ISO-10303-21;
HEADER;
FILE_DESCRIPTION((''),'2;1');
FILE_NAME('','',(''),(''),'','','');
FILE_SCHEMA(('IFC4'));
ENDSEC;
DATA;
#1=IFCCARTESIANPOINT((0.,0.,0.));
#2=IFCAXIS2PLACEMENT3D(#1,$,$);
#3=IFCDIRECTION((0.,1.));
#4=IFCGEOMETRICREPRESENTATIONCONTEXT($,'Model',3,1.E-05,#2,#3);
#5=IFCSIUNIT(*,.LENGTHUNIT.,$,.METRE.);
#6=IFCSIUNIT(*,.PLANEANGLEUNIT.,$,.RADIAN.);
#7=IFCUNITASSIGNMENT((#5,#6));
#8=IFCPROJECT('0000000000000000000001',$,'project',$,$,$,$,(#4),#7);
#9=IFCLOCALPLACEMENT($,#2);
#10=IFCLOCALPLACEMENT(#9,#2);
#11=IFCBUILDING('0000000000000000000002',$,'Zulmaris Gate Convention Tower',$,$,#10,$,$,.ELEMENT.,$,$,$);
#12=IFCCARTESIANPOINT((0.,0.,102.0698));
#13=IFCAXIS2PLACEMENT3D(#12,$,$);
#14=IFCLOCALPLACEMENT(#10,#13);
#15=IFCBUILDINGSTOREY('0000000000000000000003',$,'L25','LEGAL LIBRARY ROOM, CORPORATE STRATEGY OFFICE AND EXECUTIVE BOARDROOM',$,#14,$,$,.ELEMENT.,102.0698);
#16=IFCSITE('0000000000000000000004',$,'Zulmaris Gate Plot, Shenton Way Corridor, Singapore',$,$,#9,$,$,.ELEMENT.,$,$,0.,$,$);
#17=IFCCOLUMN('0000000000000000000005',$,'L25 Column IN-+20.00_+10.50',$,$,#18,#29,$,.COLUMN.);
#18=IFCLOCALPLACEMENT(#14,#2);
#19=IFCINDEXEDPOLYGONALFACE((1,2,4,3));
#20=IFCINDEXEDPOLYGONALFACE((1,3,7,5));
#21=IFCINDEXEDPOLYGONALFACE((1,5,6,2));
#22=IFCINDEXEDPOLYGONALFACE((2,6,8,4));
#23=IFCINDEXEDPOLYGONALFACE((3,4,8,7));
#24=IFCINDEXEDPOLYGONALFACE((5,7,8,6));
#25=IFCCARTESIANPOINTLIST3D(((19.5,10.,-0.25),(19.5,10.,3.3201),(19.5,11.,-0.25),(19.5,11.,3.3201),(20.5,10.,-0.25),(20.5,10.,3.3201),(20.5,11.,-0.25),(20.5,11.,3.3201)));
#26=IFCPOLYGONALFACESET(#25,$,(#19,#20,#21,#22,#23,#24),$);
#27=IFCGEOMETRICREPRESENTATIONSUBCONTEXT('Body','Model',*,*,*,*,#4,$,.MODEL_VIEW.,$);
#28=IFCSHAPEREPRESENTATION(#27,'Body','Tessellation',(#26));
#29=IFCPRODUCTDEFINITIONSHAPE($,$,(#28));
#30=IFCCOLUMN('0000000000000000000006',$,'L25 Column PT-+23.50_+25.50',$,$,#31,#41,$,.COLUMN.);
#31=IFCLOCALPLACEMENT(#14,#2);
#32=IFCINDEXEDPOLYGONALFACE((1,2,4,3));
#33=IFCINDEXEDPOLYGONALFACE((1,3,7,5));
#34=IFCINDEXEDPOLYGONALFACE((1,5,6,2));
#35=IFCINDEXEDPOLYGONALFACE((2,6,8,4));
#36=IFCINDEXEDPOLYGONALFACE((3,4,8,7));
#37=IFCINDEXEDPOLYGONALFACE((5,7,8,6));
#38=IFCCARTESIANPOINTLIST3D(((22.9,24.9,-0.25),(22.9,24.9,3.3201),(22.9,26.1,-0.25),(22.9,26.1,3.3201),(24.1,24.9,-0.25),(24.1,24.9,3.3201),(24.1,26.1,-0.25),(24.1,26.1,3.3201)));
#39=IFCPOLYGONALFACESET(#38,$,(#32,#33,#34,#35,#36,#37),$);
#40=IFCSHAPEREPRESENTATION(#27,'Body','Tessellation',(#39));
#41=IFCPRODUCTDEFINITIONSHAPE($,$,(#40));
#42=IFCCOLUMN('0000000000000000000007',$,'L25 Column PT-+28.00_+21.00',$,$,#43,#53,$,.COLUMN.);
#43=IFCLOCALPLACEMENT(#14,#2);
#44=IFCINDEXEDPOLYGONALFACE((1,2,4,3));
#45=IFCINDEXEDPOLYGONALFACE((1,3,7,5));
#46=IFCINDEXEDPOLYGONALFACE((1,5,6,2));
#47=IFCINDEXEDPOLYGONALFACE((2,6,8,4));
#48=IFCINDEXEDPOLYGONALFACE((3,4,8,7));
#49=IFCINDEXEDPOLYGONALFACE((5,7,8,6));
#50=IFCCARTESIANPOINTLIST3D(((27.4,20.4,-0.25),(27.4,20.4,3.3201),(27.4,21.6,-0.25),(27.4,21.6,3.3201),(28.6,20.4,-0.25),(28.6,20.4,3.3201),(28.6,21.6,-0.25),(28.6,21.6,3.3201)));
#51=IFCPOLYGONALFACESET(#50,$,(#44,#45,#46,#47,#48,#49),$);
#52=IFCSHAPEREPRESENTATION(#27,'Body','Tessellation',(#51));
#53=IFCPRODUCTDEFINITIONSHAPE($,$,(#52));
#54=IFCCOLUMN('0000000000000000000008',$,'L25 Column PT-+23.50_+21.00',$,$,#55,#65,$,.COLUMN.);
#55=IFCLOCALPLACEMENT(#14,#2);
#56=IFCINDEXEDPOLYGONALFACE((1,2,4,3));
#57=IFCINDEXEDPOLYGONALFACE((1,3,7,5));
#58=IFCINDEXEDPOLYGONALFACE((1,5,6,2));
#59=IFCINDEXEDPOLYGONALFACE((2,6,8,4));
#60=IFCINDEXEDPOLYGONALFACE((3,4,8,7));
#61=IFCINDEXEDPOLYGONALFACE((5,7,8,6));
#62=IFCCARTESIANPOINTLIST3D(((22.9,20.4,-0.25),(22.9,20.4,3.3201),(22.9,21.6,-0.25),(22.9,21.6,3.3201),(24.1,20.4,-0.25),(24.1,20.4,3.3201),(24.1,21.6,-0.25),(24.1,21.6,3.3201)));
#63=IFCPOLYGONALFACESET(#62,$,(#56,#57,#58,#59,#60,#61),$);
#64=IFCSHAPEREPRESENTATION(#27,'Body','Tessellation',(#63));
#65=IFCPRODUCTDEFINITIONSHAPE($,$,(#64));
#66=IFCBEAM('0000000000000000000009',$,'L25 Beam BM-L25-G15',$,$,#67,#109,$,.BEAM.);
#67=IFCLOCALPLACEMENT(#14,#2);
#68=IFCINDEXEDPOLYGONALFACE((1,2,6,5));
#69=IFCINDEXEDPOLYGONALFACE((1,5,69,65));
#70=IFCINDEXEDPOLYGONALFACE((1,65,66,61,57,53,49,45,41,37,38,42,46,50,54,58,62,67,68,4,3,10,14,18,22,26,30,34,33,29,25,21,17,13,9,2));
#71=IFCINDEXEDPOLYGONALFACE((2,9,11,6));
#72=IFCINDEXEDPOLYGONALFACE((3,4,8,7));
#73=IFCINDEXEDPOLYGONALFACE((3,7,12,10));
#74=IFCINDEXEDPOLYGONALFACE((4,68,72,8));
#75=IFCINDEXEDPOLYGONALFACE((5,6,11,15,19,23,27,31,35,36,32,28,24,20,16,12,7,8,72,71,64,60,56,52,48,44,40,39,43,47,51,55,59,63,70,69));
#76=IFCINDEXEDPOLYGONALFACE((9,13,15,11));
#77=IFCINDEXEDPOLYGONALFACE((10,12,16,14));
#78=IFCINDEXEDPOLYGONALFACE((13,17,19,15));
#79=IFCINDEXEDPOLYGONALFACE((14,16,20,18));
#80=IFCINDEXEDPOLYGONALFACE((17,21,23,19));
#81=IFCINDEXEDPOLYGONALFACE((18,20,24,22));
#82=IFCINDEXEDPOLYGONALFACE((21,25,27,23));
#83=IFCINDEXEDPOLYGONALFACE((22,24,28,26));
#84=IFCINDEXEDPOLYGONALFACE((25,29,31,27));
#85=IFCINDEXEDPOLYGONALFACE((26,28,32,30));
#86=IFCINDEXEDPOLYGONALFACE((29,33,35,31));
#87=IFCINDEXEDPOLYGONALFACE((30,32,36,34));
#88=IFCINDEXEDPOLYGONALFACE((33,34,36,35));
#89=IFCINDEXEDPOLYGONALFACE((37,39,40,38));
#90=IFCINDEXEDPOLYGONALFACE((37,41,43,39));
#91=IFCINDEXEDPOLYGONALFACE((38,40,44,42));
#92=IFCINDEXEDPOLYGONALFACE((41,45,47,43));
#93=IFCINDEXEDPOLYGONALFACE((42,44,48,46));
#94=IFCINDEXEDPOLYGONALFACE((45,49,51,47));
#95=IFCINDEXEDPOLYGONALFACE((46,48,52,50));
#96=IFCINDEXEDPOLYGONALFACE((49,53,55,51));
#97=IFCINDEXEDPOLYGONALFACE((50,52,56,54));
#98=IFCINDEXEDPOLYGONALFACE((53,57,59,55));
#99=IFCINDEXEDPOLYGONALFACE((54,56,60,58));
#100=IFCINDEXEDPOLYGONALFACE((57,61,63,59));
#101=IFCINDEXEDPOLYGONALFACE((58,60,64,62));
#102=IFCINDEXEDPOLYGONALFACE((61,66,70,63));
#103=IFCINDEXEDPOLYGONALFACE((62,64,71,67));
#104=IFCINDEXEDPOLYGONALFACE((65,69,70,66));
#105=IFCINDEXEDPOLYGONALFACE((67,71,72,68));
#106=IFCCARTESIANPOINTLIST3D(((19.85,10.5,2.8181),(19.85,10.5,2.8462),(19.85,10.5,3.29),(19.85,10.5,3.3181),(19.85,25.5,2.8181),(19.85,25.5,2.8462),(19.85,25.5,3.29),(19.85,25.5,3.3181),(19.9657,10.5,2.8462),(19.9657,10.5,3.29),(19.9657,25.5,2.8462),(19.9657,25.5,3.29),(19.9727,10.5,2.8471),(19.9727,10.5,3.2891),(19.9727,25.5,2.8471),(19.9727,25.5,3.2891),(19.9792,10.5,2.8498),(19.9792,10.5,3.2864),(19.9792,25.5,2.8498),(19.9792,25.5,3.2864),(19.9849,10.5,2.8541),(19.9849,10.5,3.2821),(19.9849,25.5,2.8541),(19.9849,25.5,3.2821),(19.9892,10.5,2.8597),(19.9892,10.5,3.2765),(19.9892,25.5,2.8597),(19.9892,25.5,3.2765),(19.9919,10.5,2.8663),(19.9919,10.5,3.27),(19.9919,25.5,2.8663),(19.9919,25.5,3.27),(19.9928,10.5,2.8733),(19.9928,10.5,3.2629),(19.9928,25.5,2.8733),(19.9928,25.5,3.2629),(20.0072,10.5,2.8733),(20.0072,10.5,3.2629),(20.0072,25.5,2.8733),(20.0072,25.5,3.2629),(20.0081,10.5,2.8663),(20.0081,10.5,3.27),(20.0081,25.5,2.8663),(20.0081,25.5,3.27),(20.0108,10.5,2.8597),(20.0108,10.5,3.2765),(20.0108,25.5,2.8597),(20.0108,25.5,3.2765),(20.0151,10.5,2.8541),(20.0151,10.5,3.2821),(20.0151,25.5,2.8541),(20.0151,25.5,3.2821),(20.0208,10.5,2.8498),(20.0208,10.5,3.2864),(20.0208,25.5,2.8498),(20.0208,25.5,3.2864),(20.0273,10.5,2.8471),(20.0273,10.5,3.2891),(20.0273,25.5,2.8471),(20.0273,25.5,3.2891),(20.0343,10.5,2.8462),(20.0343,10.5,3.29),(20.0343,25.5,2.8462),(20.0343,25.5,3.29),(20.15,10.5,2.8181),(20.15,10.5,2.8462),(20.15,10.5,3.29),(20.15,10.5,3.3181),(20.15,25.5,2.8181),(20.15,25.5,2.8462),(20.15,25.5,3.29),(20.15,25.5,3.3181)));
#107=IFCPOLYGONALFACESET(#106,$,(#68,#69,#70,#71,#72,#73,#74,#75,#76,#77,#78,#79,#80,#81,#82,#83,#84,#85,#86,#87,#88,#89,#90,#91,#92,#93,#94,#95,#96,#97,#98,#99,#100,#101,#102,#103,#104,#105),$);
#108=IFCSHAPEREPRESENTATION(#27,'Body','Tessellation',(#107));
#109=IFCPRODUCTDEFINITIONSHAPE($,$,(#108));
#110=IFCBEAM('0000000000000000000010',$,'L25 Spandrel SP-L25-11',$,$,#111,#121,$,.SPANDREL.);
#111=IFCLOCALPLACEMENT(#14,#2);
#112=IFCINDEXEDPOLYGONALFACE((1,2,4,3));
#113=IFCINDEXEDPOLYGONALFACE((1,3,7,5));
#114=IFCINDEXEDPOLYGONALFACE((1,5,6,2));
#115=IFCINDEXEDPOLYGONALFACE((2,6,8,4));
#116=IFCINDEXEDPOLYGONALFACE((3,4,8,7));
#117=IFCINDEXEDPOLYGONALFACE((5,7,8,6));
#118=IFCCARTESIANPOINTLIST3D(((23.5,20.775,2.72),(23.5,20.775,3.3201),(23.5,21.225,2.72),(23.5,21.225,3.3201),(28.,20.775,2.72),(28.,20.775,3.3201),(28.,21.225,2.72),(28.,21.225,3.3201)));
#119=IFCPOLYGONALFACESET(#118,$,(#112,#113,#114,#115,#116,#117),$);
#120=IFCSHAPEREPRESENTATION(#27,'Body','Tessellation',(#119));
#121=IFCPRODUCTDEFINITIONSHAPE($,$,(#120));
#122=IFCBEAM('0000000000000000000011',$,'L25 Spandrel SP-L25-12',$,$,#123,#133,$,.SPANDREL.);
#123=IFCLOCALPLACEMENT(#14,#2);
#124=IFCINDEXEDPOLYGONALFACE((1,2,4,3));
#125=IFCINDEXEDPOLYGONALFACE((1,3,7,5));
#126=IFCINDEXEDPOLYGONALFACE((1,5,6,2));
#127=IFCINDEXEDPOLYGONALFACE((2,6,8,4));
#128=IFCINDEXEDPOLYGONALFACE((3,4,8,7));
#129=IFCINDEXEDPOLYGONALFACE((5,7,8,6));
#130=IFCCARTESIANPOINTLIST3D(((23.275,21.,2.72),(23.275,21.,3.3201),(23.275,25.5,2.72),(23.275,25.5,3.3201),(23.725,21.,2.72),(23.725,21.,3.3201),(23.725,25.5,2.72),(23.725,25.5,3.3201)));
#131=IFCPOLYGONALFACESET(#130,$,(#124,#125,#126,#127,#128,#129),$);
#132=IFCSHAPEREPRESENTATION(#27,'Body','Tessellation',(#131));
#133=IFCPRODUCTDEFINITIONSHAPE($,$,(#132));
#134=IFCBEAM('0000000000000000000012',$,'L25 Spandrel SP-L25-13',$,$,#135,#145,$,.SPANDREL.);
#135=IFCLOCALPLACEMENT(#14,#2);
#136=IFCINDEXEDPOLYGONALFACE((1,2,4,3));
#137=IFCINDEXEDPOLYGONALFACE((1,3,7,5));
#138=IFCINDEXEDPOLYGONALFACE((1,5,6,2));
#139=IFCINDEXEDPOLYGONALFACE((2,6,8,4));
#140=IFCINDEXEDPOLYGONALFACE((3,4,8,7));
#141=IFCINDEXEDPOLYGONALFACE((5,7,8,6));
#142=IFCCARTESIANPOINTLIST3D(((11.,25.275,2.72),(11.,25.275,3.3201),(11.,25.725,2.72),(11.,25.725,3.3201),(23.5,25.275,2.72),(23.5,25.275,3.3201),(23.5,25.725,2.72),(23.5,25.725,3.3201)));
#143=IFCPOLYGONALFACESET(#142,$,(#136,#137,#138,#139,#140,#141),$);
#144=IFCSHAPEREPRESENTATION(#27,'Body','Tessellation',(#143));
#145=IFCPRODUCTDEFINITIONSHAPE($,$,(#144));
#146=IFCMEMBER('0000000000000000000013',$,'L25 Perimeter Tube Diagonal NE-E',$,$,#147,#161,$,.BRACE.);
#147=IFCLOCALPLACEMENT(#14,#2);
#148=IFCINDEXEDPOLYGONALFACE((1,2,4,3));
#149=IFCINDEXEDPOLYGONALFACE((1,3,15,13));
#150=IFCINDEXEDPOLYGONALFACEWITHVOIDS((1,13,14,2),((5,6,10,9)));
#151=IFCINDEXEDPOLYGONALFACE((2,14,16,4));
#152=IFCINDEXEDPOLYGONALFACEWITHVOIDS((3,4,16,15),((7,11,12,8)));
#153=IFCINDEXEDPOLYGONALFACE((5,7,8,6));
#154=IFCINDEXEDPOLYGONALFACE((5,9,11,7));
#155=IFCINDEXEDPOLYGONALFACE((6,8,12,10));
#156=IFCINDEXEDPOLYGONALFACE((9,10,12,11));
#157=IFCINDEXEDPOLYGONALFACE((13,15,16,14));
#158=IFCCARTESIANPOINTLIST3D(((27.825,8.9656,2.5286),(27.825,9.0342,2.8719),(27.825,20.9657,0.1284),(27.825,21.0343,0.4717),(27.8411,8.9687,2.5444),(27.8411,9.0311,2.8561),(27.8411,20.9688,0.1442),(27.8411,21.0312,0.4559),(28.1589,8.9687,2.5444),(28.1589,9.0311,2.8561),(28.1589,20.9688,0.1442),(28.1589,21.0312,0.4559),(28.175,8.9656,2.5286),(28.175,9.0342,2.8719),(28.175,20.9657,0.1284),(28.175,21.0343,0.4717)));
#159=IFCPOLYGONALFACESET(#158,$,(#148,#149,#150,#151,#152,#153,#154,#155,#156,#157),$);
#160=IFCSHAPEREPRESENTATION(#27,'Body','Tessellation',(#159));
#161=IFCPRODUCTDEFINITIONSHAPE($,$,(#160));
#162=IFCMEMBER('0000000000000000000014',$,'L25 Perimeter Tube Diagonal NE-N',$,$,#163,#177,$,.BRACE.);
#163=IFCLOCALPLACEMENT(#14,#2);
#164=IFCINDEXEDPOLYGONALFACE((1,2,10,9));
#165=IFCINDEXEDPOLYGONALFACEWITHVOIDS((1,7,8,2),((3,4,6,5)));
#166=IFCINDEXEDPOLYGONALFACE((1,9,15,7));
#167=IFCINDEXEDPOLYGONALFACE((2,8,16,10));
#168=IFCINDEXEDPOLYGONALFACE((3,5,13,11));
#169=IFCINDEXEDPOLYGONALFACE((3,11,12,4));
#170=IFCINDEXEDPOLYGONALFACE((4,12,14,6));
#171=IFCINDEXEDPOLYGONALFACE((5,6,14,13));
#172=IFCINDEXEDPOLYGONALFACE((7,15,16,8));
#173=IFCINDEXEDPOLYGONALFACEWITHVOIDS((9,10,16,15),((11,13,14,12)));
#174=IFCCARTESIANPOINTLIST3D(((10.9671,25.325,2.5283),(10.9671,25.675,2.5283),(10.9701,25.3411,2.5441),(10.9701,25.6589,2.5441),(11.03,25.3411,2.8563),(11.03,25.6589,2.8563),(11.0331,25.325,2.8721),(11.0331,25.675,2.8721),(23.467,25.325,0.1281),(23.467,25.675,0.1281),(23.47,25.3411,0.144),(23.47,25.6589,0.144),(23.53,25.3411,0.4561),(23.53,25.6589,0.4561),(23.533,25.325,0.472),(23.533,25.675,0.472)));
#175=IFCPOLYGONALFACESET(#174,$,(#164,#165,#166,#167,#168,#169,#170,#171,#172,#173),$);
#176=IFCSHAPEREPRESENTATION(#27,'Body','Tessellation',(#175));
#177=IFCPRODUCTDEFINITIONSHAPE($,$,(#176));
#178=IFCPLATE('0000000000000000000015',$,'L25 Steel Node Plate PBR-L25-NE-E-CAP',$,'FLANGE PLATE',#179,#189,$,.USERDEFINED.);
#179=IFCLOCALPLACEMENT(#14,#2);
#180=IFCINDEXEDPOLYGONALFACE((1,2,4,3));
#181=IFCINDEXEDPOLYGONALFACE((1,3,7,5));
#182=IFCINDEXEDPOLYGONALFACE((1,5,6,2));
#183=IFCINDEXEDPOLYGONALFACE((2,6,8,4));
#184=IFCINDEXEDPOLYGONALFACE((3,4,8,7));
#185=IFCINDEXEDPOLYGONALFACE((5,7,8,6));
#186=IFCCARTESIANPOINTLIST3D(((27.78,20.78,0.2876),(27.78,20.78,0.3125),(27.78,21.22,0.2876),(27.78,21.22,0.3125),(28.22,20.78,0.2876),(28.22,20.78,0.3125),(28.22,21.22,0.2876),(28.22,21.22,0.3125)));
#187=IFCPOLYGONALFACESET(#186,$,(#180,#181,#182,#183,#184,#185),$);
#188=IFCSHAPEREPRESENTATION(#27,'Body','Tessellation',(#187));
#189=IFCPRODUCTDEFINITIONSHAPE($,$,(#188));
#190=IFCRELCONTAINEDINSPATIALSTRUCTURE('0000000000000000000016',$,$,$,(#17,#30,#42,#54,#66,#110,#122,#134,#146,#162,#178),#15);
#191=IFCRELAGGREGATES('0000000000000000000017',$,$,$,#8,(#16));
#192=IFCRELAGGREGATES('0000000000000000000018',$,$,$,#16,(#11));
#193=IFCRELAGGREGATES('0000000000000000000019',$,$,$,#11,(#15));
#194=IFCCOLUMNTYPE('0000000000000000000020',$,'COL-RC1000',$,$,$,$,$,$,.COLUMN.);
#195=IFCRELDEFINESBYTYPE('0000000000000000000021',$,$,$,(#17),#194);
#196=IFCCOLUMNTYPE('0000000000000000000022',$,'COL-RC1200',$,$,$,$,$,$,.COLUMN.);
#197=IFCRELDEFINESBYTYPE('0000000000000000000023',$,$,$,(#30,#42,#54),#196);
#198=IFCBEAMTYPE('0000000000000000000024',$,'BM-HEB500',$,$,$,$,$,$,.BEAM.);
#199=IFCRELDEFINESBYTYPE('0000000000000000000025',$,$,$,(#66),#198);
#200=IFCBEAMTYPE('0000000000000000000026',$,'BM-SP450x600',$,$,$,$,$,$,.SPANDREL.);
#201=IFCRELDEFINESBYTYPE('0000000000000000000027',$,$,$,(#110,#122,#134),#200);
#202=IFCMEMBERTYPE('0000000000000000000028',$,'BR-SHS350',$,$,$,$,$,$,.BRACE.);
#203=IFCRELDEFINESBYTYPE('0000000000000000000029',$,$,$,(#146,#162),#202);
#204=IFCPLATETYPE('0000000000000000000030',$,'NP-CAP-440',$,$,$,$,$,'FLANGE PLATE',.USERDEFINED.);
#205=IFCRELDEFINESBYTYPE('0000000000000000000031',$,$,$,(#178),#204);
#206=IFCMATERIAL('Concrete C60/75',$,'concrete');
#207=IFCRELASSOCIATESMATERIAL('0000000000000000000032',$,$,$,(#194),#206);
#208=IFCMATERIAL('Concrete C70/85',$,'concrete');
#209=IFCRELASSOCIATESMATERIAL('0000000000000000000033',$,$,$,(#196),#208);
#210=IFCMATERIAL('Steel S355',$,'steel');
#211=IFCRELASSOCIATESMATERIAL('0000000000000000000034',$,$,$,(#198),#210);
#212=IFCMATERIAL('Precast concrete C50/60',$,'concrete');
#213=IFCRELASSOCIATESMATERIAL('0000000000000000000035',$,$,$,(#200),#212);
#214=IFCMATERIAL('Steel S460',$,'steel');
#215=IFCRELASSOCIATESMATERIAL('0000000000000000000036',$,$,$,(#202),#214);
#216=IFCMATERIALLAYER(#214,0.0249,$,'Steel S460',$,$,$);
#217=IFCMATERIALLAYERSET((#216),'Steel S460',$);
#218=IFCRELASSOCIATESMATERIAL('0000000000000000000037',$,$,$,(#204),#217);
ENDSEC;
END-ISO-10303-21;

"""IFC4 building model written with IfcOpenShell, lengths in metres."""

from ifc_helpers import new_model, si_unit, direction, frame, origin, origin_2d, place, context, subcontext, project, spatial, rectangle, hollow_rectangle, i_section, extrude, material, layer, layer_set, material_profile, profile_set, type_object, element, save


model = new_model("IFC4")

# Units and contexts
model_context = context("Model", 3, precision=1e-05, world=origin(), true_north=direction((0.0, 1.0)))
body_context = subcontext(model_context, "Body", "Model", "MODEL_VIEW")
ifc_project = project(units=[si_unit("LENGTHUNIT", "METRE"), si_unit("PLANEANGLEUNIT", "RADIAN")], contexts=[model_context])

# Site, building, storey
site_placement = place(None, origin())
site = spatial("IfcSite", under=ifc_project, at=site_placement, Name="Zulmaris Gate Plot, Shenton Way Corridor, Singapore", CompositionType="ELEMENT", RefElevation=0.0)
building_placement = place(site_placement, origin())
building = spatial("IfcBuilding", under=site, at=building_placement, Name="Zulmaris Gate Convention Tower", CompositionType="ELEMENT")
storey_placement = place(building_placement, frame((0.0, 0.0, 102.0698)))
storey = spatial("IfcBuildingStorey", under=building, at=storey_placement, Name="L25", Description="LEGAL LIBRARY ROOM, CORPORATE STRATEGY OFFICE AND EXECUTIVE BOARDROOM", CompositionType="ELEMENT", Elevation=102.0698)

# Columns
ifc_material_1 = material(Name="Concrete C60/75", Category="concrete")
ifc_material_profile_1 = material_profile(ifc_material_1, rectangle(XDim=1.0, YDim=1.0, at=origin_2d()), Name="RC COL 1000x1000")
ifc_profile_set_1 = profile_set([ifc_material_profile_1], Name="Concrete C60/75")
column_type_1 = type_object("IfcColumnType", Name="COL-RC1000", PredefinedType="COLUMN", material=ifc_profile_set_1)
column_placement = place(storey_placement, frame((20.0, 10.5, -0.25), z_axis=(0.0, 0.0, 1.0), x_axis=(1.0, 0.0, 0.0)))
element("IfcColumn", 1, at=column_placement, inside=storey, type_object=column_type_1, Name="L25 Column IN-+20.00_+10.50", PredefinedType="COLUMN", context=body_context, shape_type="SweptSolid", body=[
    extrude(rectangle(XDim=1.0, YDim=1.0, at=origin_2d()), origin(), (0.0, 0.0, 1.0), 3.5701),
])
ifc_material_2 = material(Name="Concrete C70/85", Category="concrete")
ifc_material_profile_2 = material_profile(ifc_material_2, rectangle(XDim=1.2, YDim=1.2, at=origin_2d()), Name="RC COL 1200x1200")
ifc_profile_set_2 = profile_set([ifc_material_profile_2], Name="Concrete C70/85")
column_type_2 = type_object("IfcColumnType", Name="COL-RC1200", PredefinedType="COLUMN", material=ifc_profile_set_2)
for number, where, z_axis, x_axis, name in (
    (2, (23.5, 25.5, -0.25), (0.0, 0.0, 1.0), (1.0, 0.0, 0.0), "L25 Column PT-+23.50_+25.50"),
    (3, (28.0, 21.0, -0.25), (0.0, 0.0, 1.0), (1.0, 0.0, 0.0), "L25 Column PT-+28.00_+21.00"),
    (4, (23.5, 21.0, -0.25), (0.0, 0.0, 1.0), (1.0, 0.0, 0.0), "L25 Column PT-+23.50_+21.00"),
):
    element("IfcColumn", number, at=place(storey_placement, frame(where, z_axis=z_axis, x_axis=x_axis)), inside=storey, type_object=column_type_2, Name=name, PredefinedType="COLUMN", context=body_context, shape_type="SweptSolid", body=[
        extrude(rectangle(XDim=1.2, YDim=1.2, at=origin_2d()), origin(), (0.0, 0.0, 1.0), 3.5701),
    ])

# Beams
ifc_material_3 = material(Name="Steel S355", Category="steel")
ifc_material_profile_3 = material_profile(ifc_material_3, i_section(OverallWidth=0.3, OverallDepth=0.5, WebThickness=0.0144, FlangeThickness=0.0281, FilletRadius=0.0271, at=origin_2d()), Name="HEB 500")
ifc_profile_set_3 = profile_set([ifc_material_profile_3], Name="Steel S355")
beam_type_1 = type_object("IfcBeamType", Name="BM-HEB500", PredefinedType="BEAM", material=ifc_profile_set_3)
beam_1_placement = place(storey_placement, frame((20.0, 10.5, 3.0681), z_axis=(0.0, 1.0, 0.0), x_axis=(-1.0, 0.0, 0.0)))
element("IfcBeam", 5, at=beam_1_placement, inside=storey, type_object=beam_type_1, Name="L25 Beam BM-L25-G15", PredefinedType="BEAM", context=body_context, shape_type="SweptSolid", body=[
    extrude(i_section(OverallWidth=0.3, OverallDepth=0.5, WebThickness=0.0144, FlangeThickness=0.0281, FilletRadius=0.0271, at=origin_2d()), origin(), (0.0, 0.0, 1.0), 15.0),
])
ifc_material_4 = material(Name="Precast concrete C50/60", Category="concrete")
ifc_material_profile_4 = material_profile(ifc_material_4, rectangle(XDim=0.45, YDim=0.6001, at=origin_2d()), Name="RC SPANDREL 450x600")
ifc_profile_set_4 = profile_set([ifc_material_profile_4], Name="Precast concrete C50/60")
beam_type_2 = type_object("IfcBeamType", Name="BM-SP450x600", PredefinedType="SPANDREL", material=ifc_profile_set_4)
for number, where, z_axis, x_axis, name in (
    (6, (28.0, 21.0, 3.02), (-1.0, 0.0, 0.0), (0.0, -1.0, 0.0), "L25 Spandrel SP-L25-11"),
    (7, (23.5, 21.0, 3.02), (0.0, 1.0, 0.0), (-1.0, 0.0, 0.0), "L25 Spandrel SP-L25-12"),
):
    element("IfcBeam", number, at=place(storey_placement, frame(where, z_axis=z_axis, x_axis=x_axis)), inside=storey, type_object=beam_type_2, Name=name, PredefinedType="SPANDREL", context=body_context, shape_type="SweptSolid", body=[
        extrude(rectangle(XDim=0.45, YDim=0.6001, at=origin_2d()), origin(), (0.0, 0.0, 1.0), 4.5),
    ])
beam_2_placement = place(storey_placement, frame((23.5, 25.5, 3.02), z_axis=(-1.0, 0.0, 0.0), x_axis=(0.0, -1.0, 0.0)))
element("IfcBeam", 8, at=beam_2_placement, inside=storey, type_object=beam_type_2, Name="L25 Spandrel SP-L25-13", PredefinedType="SPANDREL", context=body_context, shape_type="SweptSolid", body=[
    extrude(rectangle(XDim=0.45, YDim=0.6001, at=origin_2d()), origin(), (0.0, 0.0, 1.0), 12.5),
])

# Members
ifc_material_5 = material(Name="Steel S460", Category="steel")
ifc_material_profile_5 = material_profile(ifc_material_5, hollow_rectangle(XDim=0.3501, YDim=0.3501, WallThickness=0.0161, at=origin_2d()), Name="SHS 350x350x16")
ifc_profile_set_5 = profile_set([ifc_material_profile_5], Name="Steel S460")
member_type = type_object("IfcMemberType", Name="BR-SHS350", PredefinedType="BRACE", material=ifc_profile_set_5)
member_1_placement = place(storey_placement, frame((28.0, 21.0, 0.3), z_axis=(0.0, -0.980578, 0.196128), x_axis=(1.0, 0.0, 0.0)))
element("IfcMember", 9, at=member_1_placement, inside=storey, type_object=member_type, Name="L25 Perimeter Tube Diagonal NE-E", PredefinedType="BRACE", context=body_context, shape_type="SweptSolid", body=[
    extrude(hollow_rectangle(XDim=0.3501, YDim=0.3501, WallThickness=0.0161, at=origin_2d()), origin(), (0.0, 0.0, 1.0), 12.2378),
])
member_2_placement = place(storey_placement, frame((23.5, 25.5, 0.3), z_axis=(-0.98206, 0.0, 0.188567), x_axis=(0.0, -1.0, 0.0)))
element("IfcMember", 10, at=member_2_placement, inside=storey, type_object=member_type, Name="L25 Perimeter Tube Diagonal NE-N", PredefinedType="BRACE", context=body_context, shape_type="SweptSolid", body=[
    extrude(hollow_rectangle(XDim=0.3501, YDim=0.3501, WallThickness=0.0161, at=origin_2d()), origin(), (0.0, 0.0, 1.0), 12.7283),
])

# Plate
ifc_layer_1 = layer(ifc_material_5, 0.0249, Name="Steel S460")
ifc_layer_set_1 = layer_set([ifc_layer_1], Name="Steel S460")
plate_type = type_object("IfcPlateType", Name="NP-CAP-440", ElementType="FLANGE PLATE", PredefinedType="USERDEFINED", material=ifc_layer_set_1)
for number, where, z_axis, x_axis, name in (
    (11, (28.0, 21.0, 0.2876), (0.0, 0.0, 1.0), (1.0, 0.0, 0.0), "L25 Steel Node Plate PBR-L25-NE-E-CAP"),
):
    element("IfcPlate", number, at=place(storey_placement, frame(where, z_axis=z_axis, x_axis=x_axis)), inside=storey, type_object=plate_type, Name=name, ObjectType="FLANGE PLATE", PredefinedType="USERDEFINED", context=body_context, shape_type="SweptSolid", body=[
        extrude(rectangle(XDim=0.4399, YDim=0.4399, at=origin_2d()), origin(), (0.0, 0.0, 1.0), 0.0249),
    ])

save(model, "model.ifc")
